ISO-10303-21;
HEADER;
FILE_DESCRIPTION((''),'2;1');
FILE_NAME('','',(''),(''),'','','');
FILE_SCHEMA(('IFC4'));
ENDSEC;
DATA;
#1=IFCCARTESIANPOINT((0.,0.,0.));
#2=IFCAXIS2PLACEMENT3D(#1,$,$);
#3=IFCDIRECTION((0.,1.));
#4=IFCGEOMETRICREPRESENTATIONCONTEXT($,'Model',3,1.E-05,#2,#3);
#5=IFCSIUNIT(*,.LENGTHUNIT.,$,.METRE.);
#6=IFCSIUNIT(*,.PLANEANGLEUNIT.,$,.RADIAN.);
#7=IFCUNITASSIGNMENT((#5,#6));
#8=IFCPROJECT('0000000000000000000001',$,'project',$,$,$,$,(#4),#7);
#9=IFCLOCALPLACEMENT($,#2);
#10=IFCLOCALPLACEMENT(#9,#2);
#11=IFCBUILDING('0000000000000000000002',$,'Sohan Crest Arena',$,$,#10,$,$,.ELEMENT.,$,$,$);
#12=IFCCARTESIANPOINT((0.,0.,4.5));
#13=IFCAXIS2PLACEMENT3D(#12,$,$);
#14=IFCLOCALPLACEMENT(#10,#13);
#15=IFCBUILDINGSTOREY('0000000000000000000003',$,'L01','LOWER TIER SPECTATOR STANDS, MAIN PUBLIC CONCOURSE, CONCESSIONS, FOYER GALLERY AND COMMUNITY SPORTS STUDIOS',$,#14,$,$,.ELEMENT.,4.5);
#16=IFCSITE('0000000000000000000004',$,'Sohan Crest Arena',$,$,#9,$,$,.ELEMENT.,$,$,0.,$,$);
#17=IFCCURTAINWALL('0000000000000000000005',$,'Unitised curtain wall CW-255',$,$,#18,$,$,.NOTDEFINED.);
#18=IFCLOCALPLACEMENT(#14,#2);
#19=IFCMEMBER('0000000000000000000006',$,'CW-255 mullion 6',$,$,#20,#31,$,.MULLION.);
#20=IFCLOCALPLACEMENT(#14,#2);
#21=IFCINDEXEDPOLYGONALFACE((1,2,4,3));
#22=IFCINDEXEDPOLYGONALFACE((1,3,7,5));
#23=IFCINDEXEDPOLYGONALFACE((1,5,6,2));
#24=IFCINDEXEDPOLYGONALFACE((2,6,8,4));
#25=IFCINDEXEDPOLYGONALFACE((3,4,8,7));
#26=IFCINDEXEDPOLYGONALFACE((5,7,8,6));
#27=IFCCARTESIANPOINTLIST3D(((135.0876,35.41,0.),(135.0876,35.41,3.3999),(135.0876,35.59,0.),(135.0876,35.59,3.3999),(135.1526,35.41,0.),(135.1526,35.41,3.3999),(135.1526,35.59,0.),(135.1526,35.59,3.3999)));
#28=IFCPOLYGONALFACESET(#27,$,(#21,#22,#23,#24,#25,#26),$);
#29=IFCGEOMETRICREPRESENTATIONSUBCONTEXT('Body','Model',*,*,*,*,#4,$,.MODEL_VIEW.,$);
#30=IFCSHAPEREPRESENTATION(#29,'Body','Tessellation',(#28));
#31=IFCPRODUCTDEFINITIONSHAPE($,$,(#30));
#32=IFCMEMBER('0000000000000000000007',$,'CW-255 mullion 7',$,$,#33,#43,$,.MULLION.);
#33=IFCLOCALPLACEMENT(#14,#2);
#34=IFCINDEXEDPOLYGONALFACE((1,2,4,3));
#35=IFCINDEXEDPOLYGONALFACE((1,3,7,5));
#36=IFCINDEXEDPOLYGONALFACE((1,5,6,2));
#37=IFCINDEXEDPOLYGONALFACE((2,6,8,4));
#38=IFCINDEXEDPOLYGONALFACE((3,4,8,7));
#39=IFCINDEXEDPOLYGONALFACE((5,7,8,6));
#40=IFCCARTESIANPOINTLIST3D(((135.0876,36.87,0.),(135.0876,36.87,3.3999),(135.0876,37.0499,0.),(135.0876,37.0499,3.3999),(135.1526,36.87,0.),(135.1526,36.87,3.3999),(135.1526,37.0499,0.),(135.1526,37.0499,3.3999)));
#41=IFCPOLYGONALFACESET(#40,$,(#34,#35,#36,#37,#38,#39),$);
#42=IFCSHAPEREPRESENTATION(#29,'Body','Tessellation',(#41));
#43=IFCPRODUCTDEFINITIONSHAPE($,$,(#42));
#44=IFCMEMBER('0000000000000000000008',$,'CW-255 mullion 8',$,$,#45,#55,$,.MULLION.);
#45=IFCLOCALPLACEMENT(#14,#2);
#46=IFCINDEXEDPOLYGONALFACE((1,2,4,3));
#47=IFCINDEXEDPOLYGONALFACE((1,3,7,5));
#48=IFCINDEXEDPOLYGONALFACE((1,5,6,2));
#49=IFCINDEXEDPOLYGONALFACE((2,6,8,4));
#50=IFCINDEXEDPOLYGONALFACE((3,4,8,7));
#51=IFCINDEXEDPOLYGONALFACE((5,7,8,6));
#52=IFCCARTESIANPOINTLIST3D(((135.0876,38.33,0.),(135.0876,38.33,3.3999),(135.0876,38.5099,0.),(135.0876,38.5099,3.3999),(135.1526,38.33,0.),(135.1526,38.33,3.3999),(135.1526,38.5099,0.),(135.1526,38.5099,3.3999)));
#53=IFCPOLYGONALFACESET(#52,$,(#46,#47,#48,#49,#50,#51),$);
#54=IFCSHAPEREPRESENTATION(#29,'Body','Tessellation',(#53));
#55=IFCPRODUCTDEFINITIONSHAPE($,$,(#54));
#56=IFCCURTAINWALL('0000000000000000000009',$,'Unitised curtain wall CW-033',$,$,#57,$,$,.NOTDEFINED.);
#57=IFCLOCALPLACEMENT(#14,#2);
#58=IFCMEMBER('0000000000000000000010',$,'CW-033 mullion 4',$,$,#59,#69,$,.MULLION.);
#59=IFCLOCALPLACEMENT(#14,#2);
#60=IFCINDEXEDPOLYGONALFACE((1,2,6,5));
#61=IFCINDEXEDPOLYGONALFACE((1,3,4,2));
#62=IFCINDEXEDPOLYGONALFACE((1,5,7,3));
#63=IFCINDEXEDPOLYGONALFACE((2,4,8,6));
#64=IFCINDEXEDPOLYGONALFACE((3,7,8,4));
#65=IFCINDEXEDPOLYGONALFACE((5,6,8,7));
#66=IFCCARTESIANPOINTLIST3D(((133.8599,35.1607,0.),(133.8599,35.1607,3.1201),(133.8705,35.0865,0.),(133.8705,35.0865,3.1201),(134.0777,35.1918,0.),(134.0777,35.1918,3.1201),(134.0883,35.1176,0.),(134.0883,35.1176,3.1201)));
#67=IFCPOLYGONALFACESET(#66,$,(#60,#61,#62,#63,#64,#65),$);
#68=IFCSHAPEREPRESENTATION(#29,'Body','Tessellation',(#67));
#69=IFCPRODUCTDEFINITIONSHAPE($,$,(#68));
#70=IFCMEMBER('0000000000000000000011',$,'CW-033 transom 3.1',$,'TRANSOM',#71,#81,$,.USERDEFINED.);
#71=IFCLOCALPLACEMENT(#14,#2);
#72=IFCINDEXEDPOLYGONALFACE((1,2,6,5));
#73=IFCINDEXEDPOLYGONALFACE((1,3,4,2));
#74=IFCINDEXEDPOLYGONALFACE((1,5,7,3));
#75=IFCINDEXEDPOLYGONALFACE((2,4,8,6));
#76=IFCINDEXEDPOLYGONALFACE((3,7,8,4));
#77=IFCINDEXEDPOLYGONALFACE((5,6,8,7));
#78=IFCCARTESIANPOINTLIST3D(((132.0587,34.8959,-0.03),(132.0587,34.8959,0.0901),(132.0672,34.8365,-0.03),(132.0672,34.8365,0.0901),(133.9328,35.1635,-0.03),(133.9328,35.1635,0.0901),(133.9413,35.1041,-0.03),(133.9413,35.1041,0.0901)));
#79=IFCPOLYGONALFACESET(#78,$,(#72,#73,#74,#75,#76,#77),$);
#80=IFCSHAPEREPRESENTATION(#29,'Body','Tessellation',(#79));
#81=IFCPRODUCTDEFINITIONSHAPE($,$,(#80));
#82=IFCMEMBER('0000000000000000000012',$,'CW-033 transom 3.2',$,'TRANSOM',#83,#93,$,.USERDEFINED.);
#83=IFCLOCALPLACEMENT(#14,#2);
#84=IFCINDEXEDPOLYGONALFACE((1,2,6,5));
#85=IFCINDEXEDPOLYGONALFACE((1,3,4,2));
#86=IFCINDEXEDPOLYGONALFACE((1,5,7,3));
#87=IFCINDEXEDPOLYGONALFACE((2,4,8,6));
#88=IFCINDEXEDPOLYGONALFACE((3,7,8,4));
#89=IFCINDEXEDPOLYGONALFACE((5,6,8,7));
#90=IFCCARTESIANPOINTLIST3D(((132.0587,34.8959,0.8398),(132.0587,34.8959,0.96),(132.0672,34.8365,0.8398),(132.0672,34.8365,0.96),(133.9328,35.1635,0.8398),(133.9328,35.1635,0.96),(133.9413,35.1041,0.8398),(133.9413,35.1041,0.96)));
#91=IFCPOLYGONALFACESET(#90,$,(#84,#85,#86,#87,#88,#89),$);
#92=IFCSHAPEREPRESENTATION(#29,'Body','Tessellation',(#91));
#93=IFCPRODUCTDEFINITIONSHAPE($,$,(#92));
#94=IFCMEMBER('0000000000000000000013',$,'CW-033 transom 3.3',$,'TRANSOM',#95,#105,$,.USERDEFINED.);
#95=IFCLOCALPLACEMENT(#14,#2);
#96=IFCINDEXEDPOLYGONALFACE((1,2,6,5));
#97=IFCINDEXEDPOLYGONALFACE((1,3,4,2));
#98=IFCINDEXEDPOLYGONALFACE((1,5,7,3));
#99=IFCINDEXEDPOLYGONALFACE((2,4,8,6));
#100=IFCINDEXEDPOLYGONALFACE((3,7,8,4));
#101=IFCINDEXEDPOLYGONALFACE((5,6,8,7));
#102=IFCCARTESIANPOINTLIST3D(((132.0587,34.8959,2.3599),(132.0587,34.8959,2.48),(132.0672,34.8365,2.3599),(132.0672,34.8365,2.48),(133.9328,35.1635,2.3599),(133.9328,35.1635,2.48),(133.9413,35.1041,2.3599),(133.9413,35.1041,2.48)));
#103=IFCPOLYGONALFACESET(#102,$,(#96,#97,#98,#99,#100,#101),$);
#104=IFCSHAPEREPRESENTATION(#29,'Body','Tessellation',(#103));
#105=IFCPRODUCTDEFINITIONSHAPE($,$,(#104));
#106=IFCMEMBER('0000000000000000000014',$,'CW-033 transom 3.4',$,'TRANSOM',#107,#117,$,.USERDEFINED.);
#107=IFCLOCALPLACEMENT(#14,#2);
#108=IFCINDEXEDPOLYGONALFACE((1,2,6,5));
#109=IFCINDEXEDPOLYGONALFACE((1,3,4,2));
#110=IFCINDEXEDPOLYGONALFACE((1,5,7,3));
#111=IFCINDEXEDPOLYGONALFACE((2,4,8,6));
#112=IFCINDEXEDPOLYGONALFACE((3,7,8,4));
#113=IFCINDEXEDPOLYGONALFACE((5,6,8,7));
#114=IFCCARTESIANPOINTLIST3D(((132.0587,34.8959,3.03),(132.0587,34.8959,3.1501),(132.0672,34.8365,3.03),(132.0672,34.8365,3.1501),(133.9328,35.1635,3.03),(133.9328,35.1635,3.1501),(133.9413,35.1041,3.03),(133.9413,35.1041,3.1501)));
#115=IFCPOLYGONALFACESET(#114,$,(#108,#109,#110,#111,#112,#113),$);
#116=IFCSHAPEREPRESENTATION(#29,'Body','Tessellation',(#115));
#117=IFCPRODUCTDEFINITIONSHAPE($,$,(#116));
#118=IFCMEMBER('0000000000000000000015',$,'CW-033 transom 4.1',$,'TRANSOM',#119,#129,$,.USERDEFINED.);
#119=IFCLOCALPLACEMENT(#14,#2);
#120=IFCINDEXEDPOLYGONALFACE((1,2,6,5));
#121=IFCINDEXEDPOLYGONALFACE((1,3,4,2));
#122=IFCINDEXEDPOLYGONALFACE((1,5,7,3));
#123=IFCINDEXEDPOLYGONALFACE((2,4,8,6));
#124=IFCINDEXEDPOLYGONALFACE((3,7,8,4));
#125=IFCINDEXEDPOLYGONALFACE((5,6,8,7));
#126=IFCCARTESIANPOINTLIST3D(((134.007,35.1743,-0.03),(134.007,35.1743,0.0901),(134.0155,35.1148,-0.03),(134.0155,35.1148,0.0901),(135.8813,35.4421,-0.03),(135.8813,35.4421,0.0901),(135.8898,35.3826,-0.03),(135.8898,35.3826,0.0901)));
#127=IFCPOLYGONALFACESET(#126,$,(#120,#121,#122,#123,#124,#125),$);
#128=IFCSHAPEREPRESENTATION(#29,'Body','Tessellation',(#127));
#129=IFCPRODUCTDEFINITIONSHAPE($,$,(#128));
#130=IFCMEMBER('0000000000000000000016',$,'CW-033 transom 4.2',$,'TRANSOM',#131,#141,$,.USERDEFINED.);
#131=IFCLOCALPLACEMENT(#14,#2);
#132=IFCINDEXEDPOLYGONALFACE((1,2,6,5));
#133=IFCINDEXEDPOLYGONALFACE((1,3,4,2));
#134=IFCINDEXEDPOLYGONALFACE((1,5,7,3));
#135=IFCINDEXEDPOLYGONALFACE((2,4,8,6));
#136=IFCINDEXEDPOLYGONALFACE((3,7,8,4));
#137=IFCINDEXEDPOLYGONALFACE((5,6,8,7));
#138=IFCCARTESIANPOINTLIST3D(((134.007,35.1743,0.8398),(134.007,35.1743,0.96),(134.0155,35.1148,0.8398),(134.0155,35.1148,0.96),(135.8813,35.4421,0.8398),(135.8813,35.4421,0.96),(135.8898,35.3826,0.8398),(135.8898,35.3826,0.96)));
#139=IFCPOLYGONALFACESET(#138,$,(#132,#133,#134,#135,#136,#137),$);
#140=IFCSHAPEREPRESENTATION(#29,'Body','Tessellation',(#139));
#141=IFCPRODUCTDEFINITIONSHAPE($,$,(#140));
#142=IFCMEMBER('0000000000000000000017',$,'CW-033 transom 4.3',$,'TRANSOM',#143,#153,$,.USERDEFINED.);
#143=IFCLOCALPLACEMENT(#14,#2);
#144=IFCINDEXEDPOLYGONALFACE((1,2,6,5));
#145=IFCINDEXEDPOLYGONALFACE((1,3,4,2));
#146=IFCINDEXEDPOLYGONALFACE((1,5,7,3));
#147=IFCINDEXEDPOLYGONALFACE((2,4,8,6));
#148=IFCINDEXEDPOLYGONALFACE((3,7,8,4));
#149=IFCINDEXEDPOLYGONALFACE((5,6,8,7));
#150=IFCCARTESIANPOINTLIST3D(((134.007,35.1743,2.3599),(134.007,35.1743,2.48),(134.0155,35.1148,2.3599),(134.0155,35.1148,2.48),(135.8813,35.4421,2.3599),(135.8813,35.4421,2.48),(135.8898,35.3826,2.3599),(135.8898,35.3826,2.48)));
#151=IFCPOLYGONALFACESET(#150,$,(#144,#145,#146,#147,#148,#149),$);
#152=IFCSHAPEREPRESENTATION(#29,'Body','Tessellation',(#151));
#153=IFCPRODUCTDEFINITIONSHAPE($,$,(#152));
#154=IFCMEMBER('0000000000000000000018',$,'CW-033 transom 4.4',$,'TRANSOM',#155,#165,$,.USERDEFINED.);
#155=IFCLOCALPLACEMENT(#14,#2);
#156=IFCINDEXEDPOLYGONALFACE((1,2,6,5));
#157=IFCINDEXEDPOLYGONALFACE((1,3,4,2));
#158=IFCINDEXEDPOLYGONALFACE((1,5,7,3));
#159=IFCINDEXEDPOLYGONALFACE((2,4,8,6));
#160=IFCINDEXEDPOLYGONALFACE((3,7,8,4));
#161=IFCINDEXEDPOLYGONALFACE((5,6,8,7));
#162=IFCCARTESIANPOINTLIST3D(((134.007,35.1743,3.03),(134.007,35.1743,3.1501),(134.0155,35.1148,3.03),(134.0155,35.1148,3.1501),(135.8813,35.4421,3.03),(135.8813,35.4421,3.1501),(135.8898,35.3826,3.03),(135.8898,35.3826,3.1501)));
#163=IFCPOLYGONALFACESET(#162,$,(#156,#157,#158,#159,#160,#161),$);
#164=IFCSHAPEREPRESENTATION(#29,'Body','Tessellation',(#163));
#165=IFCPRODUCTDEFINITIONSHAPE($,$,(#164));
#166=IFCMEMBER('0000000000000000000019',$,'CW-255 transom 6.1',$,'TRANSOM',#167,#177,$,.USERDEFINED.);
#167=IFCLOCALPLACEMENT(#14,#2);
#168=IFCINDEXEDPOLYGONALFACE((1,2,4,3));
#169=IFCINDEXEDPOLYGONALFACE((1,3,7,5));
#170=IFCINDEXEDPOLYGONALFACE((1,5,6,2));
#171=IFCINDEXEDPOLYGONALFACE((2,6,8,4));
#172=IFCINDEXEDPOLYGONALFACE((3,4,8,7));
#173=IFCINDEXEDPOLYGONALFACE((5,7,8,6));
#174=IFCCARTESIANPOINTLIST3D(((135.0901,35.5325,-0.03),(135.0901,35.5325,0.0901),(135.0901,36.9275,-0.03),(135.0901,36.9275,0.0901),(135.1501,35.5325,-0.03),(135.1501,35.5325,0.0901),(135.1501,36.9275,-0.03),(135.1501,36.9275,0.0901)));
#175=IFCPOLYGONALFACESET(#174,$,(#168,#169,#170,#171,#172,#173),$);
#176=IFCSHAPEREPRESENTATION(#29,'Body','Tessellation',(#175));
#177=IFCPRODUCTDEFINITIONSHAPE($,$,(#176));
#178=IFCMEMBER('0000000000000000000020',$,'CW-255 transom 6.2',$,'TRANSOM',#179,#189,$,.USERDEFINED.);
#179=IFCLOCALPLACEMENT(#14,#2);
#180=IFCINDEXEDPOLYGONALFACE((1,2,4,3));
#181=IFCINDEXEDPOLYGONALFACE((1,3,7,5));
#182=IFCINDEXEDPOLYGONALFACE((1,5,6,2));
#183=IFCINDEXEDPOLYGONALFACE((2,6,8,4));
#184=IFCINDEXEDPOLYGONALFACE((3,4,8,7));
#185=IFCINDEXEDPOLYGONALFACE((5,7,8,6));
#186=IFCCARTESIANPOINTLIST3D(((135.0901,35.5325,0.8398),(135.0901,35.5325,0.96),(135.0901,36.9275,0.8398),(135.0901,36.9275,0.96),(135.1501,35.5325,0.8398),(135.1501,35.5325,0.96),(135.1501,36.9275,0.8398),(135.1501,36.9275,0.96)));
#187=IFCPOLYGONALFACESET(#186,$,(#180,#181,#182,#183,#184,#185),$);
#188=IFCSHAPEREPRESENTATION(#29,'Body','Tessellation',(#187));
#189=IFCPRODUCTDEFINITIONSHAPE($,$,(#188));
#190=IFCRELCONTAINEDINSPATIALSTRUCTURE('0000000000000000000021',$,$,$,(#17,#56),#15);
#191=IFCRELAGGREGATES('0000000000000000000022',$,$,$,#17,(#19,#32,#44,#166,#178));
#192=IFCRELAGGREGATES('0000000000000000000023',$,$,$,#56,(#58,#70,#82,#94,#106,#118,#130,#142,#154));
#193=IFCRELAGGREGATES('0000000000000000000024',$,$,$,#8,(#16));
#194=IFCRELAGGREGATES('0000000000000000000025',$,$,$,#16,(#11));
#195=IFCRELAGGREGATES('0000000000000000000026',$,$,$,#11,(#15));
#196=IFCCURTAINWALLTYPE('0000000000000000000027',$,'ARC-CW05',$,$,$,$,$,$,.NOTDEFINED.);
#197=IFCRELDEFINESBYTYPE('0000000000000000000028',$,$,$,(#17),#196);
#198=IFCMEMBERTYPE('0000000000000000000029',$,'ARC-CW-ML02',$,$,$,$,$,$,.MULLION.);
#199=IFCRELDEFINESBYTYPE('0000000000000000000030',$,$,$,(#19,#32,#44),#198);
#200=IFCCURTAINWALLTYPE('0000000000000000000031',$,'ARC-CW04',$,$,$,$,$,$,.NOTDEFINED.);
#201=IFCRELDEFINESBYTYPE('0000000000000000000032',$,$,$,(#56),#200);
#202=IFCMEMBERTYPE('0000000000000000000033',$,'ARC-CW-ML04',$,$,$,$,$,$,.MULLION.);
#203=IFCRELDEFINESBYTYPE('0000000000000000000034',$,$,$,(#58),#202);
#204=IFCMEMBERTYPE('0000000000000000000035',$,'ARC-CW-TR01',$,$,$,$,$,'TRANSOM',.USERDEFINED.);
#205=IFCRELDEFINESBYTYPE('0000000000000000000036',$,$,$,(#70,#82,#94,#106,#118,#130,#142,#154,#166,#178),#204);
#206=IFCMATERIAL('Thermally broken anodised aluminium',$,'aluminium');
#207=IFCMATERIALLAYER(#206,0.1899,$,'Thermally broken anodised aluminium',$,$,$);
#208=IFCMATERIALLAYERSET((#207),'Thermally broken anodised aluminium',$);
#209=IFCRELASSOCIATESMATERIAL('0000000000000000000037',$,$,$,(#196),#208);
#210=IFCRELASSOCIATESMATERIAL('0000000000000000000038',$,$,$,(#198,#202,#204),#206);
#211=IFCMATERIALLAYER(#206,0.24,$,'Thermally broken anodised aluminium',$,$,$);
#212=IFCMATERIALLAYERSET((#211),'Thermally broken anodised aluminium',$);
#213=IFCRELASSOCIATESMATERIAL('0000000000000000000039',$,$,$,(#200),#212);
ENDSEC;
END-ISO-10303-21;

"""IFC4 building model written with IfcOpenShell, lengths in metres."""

from ifc_helpers import new_model, si_unit, direction, frame, origin, origin_2d, place, context, subcontext, project, spatial, rectangle, extrude, material, layer, layer_set, material_profile, profile_set, type_object, element, aggregate, save


model = new_model("IFC4")

# Units and contexts
model_context = context("Model", 3, precision=1e-05, world=origin(), true_north=direction((0.0, 1.0)))
body_context = subcontext(model_context, "Body", "Model", "MODEL_VIEW")
ifc_project = project(units=[si_unit("LENGTHUNIT", "METRE"), si_unit("PLANEANGLEUNIT", "RADIAN")], contexts=[model_context])

# Site, building, storey
site_placement = place(None, origin())
site = spatial("IfcSite", under=ifc_project, at=site_placement, Name="Sohan Crest Arena", CompositionType="ELEMENT", RefElevation=0.0)
building_placement = place(site_placement, origin())
building = spatial("IfcBuilding", under=site, at=building_placement, Name="Sohan Crest Arena", CompositionType="ELEMENT")
storey_placement = place(building_placement, frame((0.0, 0.0, 4.5)))
storey = spatial("IfcBuildingStorey", under=building, at=storey_placement, Name="L01", Description="LOWER TIER SPECTATOR STANDS, MAIN PUBLIC CONCOURSE, CONCESSIONS, FOYER GALLERY AND COMMUNITY SPORTS STUDIOS", CompositionType="ELEMENT", Elevation=4.5)

# Curtain walls, members
ifc_material_1 = material(Name="Thermally broken anodised aluminium", Category="aluminium")
ifc_layer_1 = layer(ifc_material_1, 0.1899, Name="Thermally broken anodised aluminium")
ifc_layer_set_1 = layer_set([ifc_layer_1], Name="Thermally broken anodised aluminium")
curtain_wall_type_1 = type_object("IfcCurtainWallType", Name="ARC-CW05", PredefinedType="NOTDEFINED", material=ifc_layer_set_1)
curtain_wall_1_placement = place(storey_placement, origin())
curtain_wall_1 = element("IfcCurtainWall", 1, at=curtain_wall_1_placement, inside=storey, type_object=curtain_wall_type_1, Name="Unitised curtain wall CW-255", PredefinedType="NOTDEFINED")
ifc_material_profile_1 = material_profile(ifc_material_1, rectangle(XDim=0.0649, YDim=0.1799, at=origin_2d()), Name="ALU-MULL 65x180")
ifc_profile_set_1 = profile_set([ifc_material_profile_1], Name="Thermally broken anodised aluminium")
member_type_1 = type_object("IfcMemberType", Name="ARC-CW-ML02", PredefinedType="MULLION", material=ifc_profile_set_1)
member_1_placement = place(storey_placement, frame((135.1201, 35.5, 0.0), z_axis=(0.0, 0.0, 1.0), x_axis=(-1.0, 0.0, 0.0)))
member_1 = element("IfcMember", 2, at=member_1_placement, type_object=member_type_1, Name="CW-255 mullion 6", PredefinedType="MULLION", context=body_context, shape_type="SweptSolid", body=[
    extrude(rectangle(XDim=0.0649, YDim=0.1799, at=origin_2d()), origin(), (0.0, 0.0, 1.0), 3.3999),
])
member_2_placement = place(storey_placement, frame((135.1201, 36.96, 0.0), z_axis=(0.0, 0.0, 1.0), x_axis=(-1.0, 0.0, 0.0)))
member_2 = element("IfcMember", 3, at=member_2_placement, type_object=member_type_1, Name="CW-255 mullion 7", PredefinedType="MULLION", context=body_context, shape_type="SweptSolid", body=[
    extrude(rectangle(XDim=0.0649, YDim=0.1799, at=origin_2d()), origin(), (0.0, 0.0, 1.0), 3.3999),
])
member_3_placement = place(storey_placement, frame((135.1201, 38.4199, 0.0), z_axis=(0.0, 0.0, 1.0), x_axis=(-1.0, 0.0, 0.0)))
member_3 = element("IfcMember", 4, at=member_3_placement, type_object=member_type_1, Name="CW-255 mullion 8", PredefinedType="MULLION", context=body_context, shape_type="SweptSolid", body=[
    extrude(rectangle(XDim=0.0649, YDim=0.1799, at=origin_2d()), origin(), (0.0, 0.0, 1.0), 3.3999),
])
ifc_layer_2 = layer(ifc_material_1, 0.24, Name="Thermally broken anodised aluminium")
ifc_layer_set_2 = layer_set([ifc_layer_2], Name="Thermally broken anodised aluminium")
curtain_wall_type_2 = type_object("IfcCurtainWallType", Name="ARC-CW04", PredefinedType="NOTDEFINED", material=ifc_layer_set_2)
curtain_wall_2_placement = place(storey_placement, origin())
curtain_wall_2 = element("IfcCurtainWall", 5, at=curtain_wall_2_placement, inside=storey, type_object=curtain_wall_type_2, Name="Unitised curtain wall CW-033", PredefinedType="NOTDEFINED")
ifc_material_profile_2 = material_profile(ifc_material_1, rectangle(XDim=0.075, YDim=0.22, at=origin_2d()), Name="ALU-MULL 75x220")
ifc_profile_set_2 = profile_set([ifc_material_profile_2], Name="Thermally broken anodised aluminium")
member_type_2 = type_object("IfcMemberType", Name="ARC-CW-ML04", PredefinedType="MULLION", material=ifc_profile_set_2)
member_4_placement = place(storey_placement, frame((133.9741, 35.1392, 0.0), z_axis=(0.0, 0.0, 1.0), x_axis=(-0.14145, 0.989945, 0.0)))
member_4 = element("IfcMember", 6, at=member_4_placement, type_object=member_type_2, Name="CW-033 mullion 4", PredefinedType="MULLION", context=body_context, shape_type="SweptSolid", body=[
    extrude(rectangle(XDim=0.075, YDim=0.22, at=origin_2d()), origin(), (0.0, 0.0, 1.0), 3.1201),
])
ifc_material_profile_3 = material_profile(ifc_material_1, rectangle(XDim=0.0601, YDim=0.1201, at=origin_2d()), Name="ALU-TRAN 60x120")
ifc_profile_set_3 = profile_set([ifc_material_profile_3], Name="Thermally broken anodised aluminium")
member_type_3 = type_object("IfcMemberType", Name="ARC-CW-TR01", ElementType="TRANSOM", PredefinedType="USERDEFINED", material=ifc_profile_set_3)
member_5_placement = place(storey_placement, frame((132.063, 34.8662, 0.03), z_axis=(0.98996, 0.141349, 0.0), x_axis=(-0.141349, 0.98996, 0.0)))
member_5 = element("IfcMember", 7, at=member_5_placement, type_object=member_type_3, Name="CW-033 transom 3.1", ObjectType="TRANSOM", PredefinedType="USERDEFINED", context=body_context, shape_type="SweptSolid", body=[
    extrude(rectangle(XDim=0.0601, YDim=0.1201, at=origin_2d()), origin(), (0.0, 0.0, 1.0), 1.8931),
])
member_6_placement = place(storey_placement, frame((132.063, 34.8662, 0.8999), z_axis=(0.98996, 0.141349, 0.0), x_axis=(-0.141349, 0.98996, 0.0)))
member_6 = element("IfcMember", 8, at=member_6_placement, type_object=member_type_3, Name="CW-033 transom 3.2", ObjectType="TRANSOM", PredefinedType="USERDEFINED", context=body_context, shape_type="SweptSolid", body=[
    extrude(rectangle(XDim=0.0601, YDim=0.1201, at=origin_2d()), origin(), (0.0, 0.0, 1.0), 1.8931),
])
member_7_placement = place(storey_placement, frame((132.063, 34.8662, 2.4199), z_axis=(0.98996, 0.141349, 0.0), x_axis=(-0.141349, 0.98996, 0.0)))
member_7 = element("IfcMember", 9, at=member_7_placement, type_object=member_type_3, Name="CW-033 transom 3.3", ObjectType="TRANSOM", PredefinedType="USERDEFINED", context=body_context, shape_type="SweptSolid", body=[
    extrude(rectangle(XDim=0.0601, YDim=0.1201, at=origin_2d()), origin(), (0.0, 0.0, 1.0), 1.8931),
])
member_8_placement = place(storey_placement, frame((132.063, 34.8662, 3.0901), z_axis=(0.98996, 0.141349, 0.0), x_axis=(-0.141349, 0.98996, 0.0)))
member_8 = element("IfcMember", 10, at=member_8_placement, type_object=member_type_3, Name="CW-033 transom 3.4", ObjectType="TRANSOM", PredefinedType="USERDEFINED", context=body_context, shape_type="SweptSolid", body=[
    extrude(rectangle(XDim=0.0601, YDim=0.1201, at=origin_2d()), origin(), (0.0, 0.0, 1.0), 1.8931),
])
member_9_placement = place(storey_placement, frame((134.0112, 35.1445, 0.03), z_axis=(0.989944, 0.141457, 0.0), x_axis=(-0.141457, 0.989944, 0.0)))
member_9 = element("IfcMember", 11, at=member_9_placement, type_object=member_type_3, Name="CW-033 transom 4.1", ObjectType="TRANSOM", PredefinedType="USERDEFINED", context=body_context, shape_type="SweptSolid", body=[
    extrude(rectangle(XDim=0.0601, YDim=0.1201, at=origin_2d()), origin(), (0.0, 0.0, 1.0), 1.8933),
])
member_10_placement = place(storey_placement, frame((134.0112, 35.1445, 0.8999), z_axis=(0.989944, 0.141457, 0.0), x_axis=(-0.141457, 0.989944, 0.0)))
member_10 = element("IfcMember", 12, at=member_10_placement, type_object=member_type_3, Name="CW-033 transom 4.2", ObjectType="TRANSOM", PredefinedType="USERDEFINED", context=body_context, shape_type="SweptSolid", body=[
    extrude(rectangle(XDim=0.0601, YDim=0.1201, at=origin_2d()), origin(), (0.0, 0.0, 1.0), 1.8933),
])
member_11_placement = place(storey_placement, frame((134.0112, 35.1445, 2.4199), z_axis=(0.989944, 0.141457, 0.0), x_axis=(-0.141457, 0.989944, 0.0)))
member_11 = element("IfcMember", 13, at=member_11_placement, type_object=member_type_3, Name="CW-033 transom 4.3", ObjectType="TRANSOM", PredefinedType="USERDEFINED", context=body_context, shape_type="SweptSolid", body=[
    extrude(rectangle(XDim=0.0601, YDim=0.1201, at=origin_2d()), origin(), (0.0, 0.0, 1.0), 1.8933),
])
member_12_placement = place(storey_placement, frame((134.0112, 35.1445, 3.0901), z_axis=(0.989944, 0.141457, 0.0), x_axis=(-0.141457, 0.989944, 0.0)))
member_12 = element("IfcMember", 14, at=member_12_placement, type_object=member_type_3, Name="CW-033 transom 4.4", ObjectType="TRANSOM", PredefinedType="USERDEFINED", context=body_context, shape_type="SweptSolid", body=[
    extrude(rectangle(XDim=0.0601, YDim=0.1201, at=origin_2d()), origin(), (0.0, 0.0, 1.0), 1.8933),
])

# Members
member_13_placement = place(storey_placement, frame((135.1201, 35.5325, 0.03), z_axis=(0.0, 1.0, 0.0), x_axis=(-1.0, 0.0, 0.0)))
member_13 = element("IfcMember", 15, at=member_13_placement, type_object=member_type_3, Name="CW-255 transom 6.1", ObjectType="TRANSOM", PredefinedType="USERDEFINED", context=body_context, shape_type="SweptSolid", body=[
    extrude(rectangle(XDim=0.0601, YDim=0.1201, at=origin_2d()), origin(), (0.0, 0.0, 1.0), 1.395),
])
member_14_placement = place(storey_placement, frame((135.1201, 35.5325, 0.8999), z_axis=(0.0, 1.0, 0.0), x_axis=(-1.0, 0.0, 0.0)))
member_14 = element("IfcMember", 16, at=member_14_placement, type_object=member_type_3, Name="CW-255 transom 6.2", ObjectType="TRANSOM", PredefinedType="USERDEFINED", context=body_context, shape_type="SweptSolid", body=[
    extrude(rectangle(XDim=0.0601, YDim=0.1201, at=origin_2d()), origin(), (0.0, 0.0, 1.0), 1.395),
])

aggregate(curtain_wall_1, [member_1, member_2, member_3, member_13, member_14])
aggregate(curtain_wall_2, [member_4, member_5, member_6, member_7, member_8, member_9, member_10, member_11, member_12])

save(model, "model.ifc")
